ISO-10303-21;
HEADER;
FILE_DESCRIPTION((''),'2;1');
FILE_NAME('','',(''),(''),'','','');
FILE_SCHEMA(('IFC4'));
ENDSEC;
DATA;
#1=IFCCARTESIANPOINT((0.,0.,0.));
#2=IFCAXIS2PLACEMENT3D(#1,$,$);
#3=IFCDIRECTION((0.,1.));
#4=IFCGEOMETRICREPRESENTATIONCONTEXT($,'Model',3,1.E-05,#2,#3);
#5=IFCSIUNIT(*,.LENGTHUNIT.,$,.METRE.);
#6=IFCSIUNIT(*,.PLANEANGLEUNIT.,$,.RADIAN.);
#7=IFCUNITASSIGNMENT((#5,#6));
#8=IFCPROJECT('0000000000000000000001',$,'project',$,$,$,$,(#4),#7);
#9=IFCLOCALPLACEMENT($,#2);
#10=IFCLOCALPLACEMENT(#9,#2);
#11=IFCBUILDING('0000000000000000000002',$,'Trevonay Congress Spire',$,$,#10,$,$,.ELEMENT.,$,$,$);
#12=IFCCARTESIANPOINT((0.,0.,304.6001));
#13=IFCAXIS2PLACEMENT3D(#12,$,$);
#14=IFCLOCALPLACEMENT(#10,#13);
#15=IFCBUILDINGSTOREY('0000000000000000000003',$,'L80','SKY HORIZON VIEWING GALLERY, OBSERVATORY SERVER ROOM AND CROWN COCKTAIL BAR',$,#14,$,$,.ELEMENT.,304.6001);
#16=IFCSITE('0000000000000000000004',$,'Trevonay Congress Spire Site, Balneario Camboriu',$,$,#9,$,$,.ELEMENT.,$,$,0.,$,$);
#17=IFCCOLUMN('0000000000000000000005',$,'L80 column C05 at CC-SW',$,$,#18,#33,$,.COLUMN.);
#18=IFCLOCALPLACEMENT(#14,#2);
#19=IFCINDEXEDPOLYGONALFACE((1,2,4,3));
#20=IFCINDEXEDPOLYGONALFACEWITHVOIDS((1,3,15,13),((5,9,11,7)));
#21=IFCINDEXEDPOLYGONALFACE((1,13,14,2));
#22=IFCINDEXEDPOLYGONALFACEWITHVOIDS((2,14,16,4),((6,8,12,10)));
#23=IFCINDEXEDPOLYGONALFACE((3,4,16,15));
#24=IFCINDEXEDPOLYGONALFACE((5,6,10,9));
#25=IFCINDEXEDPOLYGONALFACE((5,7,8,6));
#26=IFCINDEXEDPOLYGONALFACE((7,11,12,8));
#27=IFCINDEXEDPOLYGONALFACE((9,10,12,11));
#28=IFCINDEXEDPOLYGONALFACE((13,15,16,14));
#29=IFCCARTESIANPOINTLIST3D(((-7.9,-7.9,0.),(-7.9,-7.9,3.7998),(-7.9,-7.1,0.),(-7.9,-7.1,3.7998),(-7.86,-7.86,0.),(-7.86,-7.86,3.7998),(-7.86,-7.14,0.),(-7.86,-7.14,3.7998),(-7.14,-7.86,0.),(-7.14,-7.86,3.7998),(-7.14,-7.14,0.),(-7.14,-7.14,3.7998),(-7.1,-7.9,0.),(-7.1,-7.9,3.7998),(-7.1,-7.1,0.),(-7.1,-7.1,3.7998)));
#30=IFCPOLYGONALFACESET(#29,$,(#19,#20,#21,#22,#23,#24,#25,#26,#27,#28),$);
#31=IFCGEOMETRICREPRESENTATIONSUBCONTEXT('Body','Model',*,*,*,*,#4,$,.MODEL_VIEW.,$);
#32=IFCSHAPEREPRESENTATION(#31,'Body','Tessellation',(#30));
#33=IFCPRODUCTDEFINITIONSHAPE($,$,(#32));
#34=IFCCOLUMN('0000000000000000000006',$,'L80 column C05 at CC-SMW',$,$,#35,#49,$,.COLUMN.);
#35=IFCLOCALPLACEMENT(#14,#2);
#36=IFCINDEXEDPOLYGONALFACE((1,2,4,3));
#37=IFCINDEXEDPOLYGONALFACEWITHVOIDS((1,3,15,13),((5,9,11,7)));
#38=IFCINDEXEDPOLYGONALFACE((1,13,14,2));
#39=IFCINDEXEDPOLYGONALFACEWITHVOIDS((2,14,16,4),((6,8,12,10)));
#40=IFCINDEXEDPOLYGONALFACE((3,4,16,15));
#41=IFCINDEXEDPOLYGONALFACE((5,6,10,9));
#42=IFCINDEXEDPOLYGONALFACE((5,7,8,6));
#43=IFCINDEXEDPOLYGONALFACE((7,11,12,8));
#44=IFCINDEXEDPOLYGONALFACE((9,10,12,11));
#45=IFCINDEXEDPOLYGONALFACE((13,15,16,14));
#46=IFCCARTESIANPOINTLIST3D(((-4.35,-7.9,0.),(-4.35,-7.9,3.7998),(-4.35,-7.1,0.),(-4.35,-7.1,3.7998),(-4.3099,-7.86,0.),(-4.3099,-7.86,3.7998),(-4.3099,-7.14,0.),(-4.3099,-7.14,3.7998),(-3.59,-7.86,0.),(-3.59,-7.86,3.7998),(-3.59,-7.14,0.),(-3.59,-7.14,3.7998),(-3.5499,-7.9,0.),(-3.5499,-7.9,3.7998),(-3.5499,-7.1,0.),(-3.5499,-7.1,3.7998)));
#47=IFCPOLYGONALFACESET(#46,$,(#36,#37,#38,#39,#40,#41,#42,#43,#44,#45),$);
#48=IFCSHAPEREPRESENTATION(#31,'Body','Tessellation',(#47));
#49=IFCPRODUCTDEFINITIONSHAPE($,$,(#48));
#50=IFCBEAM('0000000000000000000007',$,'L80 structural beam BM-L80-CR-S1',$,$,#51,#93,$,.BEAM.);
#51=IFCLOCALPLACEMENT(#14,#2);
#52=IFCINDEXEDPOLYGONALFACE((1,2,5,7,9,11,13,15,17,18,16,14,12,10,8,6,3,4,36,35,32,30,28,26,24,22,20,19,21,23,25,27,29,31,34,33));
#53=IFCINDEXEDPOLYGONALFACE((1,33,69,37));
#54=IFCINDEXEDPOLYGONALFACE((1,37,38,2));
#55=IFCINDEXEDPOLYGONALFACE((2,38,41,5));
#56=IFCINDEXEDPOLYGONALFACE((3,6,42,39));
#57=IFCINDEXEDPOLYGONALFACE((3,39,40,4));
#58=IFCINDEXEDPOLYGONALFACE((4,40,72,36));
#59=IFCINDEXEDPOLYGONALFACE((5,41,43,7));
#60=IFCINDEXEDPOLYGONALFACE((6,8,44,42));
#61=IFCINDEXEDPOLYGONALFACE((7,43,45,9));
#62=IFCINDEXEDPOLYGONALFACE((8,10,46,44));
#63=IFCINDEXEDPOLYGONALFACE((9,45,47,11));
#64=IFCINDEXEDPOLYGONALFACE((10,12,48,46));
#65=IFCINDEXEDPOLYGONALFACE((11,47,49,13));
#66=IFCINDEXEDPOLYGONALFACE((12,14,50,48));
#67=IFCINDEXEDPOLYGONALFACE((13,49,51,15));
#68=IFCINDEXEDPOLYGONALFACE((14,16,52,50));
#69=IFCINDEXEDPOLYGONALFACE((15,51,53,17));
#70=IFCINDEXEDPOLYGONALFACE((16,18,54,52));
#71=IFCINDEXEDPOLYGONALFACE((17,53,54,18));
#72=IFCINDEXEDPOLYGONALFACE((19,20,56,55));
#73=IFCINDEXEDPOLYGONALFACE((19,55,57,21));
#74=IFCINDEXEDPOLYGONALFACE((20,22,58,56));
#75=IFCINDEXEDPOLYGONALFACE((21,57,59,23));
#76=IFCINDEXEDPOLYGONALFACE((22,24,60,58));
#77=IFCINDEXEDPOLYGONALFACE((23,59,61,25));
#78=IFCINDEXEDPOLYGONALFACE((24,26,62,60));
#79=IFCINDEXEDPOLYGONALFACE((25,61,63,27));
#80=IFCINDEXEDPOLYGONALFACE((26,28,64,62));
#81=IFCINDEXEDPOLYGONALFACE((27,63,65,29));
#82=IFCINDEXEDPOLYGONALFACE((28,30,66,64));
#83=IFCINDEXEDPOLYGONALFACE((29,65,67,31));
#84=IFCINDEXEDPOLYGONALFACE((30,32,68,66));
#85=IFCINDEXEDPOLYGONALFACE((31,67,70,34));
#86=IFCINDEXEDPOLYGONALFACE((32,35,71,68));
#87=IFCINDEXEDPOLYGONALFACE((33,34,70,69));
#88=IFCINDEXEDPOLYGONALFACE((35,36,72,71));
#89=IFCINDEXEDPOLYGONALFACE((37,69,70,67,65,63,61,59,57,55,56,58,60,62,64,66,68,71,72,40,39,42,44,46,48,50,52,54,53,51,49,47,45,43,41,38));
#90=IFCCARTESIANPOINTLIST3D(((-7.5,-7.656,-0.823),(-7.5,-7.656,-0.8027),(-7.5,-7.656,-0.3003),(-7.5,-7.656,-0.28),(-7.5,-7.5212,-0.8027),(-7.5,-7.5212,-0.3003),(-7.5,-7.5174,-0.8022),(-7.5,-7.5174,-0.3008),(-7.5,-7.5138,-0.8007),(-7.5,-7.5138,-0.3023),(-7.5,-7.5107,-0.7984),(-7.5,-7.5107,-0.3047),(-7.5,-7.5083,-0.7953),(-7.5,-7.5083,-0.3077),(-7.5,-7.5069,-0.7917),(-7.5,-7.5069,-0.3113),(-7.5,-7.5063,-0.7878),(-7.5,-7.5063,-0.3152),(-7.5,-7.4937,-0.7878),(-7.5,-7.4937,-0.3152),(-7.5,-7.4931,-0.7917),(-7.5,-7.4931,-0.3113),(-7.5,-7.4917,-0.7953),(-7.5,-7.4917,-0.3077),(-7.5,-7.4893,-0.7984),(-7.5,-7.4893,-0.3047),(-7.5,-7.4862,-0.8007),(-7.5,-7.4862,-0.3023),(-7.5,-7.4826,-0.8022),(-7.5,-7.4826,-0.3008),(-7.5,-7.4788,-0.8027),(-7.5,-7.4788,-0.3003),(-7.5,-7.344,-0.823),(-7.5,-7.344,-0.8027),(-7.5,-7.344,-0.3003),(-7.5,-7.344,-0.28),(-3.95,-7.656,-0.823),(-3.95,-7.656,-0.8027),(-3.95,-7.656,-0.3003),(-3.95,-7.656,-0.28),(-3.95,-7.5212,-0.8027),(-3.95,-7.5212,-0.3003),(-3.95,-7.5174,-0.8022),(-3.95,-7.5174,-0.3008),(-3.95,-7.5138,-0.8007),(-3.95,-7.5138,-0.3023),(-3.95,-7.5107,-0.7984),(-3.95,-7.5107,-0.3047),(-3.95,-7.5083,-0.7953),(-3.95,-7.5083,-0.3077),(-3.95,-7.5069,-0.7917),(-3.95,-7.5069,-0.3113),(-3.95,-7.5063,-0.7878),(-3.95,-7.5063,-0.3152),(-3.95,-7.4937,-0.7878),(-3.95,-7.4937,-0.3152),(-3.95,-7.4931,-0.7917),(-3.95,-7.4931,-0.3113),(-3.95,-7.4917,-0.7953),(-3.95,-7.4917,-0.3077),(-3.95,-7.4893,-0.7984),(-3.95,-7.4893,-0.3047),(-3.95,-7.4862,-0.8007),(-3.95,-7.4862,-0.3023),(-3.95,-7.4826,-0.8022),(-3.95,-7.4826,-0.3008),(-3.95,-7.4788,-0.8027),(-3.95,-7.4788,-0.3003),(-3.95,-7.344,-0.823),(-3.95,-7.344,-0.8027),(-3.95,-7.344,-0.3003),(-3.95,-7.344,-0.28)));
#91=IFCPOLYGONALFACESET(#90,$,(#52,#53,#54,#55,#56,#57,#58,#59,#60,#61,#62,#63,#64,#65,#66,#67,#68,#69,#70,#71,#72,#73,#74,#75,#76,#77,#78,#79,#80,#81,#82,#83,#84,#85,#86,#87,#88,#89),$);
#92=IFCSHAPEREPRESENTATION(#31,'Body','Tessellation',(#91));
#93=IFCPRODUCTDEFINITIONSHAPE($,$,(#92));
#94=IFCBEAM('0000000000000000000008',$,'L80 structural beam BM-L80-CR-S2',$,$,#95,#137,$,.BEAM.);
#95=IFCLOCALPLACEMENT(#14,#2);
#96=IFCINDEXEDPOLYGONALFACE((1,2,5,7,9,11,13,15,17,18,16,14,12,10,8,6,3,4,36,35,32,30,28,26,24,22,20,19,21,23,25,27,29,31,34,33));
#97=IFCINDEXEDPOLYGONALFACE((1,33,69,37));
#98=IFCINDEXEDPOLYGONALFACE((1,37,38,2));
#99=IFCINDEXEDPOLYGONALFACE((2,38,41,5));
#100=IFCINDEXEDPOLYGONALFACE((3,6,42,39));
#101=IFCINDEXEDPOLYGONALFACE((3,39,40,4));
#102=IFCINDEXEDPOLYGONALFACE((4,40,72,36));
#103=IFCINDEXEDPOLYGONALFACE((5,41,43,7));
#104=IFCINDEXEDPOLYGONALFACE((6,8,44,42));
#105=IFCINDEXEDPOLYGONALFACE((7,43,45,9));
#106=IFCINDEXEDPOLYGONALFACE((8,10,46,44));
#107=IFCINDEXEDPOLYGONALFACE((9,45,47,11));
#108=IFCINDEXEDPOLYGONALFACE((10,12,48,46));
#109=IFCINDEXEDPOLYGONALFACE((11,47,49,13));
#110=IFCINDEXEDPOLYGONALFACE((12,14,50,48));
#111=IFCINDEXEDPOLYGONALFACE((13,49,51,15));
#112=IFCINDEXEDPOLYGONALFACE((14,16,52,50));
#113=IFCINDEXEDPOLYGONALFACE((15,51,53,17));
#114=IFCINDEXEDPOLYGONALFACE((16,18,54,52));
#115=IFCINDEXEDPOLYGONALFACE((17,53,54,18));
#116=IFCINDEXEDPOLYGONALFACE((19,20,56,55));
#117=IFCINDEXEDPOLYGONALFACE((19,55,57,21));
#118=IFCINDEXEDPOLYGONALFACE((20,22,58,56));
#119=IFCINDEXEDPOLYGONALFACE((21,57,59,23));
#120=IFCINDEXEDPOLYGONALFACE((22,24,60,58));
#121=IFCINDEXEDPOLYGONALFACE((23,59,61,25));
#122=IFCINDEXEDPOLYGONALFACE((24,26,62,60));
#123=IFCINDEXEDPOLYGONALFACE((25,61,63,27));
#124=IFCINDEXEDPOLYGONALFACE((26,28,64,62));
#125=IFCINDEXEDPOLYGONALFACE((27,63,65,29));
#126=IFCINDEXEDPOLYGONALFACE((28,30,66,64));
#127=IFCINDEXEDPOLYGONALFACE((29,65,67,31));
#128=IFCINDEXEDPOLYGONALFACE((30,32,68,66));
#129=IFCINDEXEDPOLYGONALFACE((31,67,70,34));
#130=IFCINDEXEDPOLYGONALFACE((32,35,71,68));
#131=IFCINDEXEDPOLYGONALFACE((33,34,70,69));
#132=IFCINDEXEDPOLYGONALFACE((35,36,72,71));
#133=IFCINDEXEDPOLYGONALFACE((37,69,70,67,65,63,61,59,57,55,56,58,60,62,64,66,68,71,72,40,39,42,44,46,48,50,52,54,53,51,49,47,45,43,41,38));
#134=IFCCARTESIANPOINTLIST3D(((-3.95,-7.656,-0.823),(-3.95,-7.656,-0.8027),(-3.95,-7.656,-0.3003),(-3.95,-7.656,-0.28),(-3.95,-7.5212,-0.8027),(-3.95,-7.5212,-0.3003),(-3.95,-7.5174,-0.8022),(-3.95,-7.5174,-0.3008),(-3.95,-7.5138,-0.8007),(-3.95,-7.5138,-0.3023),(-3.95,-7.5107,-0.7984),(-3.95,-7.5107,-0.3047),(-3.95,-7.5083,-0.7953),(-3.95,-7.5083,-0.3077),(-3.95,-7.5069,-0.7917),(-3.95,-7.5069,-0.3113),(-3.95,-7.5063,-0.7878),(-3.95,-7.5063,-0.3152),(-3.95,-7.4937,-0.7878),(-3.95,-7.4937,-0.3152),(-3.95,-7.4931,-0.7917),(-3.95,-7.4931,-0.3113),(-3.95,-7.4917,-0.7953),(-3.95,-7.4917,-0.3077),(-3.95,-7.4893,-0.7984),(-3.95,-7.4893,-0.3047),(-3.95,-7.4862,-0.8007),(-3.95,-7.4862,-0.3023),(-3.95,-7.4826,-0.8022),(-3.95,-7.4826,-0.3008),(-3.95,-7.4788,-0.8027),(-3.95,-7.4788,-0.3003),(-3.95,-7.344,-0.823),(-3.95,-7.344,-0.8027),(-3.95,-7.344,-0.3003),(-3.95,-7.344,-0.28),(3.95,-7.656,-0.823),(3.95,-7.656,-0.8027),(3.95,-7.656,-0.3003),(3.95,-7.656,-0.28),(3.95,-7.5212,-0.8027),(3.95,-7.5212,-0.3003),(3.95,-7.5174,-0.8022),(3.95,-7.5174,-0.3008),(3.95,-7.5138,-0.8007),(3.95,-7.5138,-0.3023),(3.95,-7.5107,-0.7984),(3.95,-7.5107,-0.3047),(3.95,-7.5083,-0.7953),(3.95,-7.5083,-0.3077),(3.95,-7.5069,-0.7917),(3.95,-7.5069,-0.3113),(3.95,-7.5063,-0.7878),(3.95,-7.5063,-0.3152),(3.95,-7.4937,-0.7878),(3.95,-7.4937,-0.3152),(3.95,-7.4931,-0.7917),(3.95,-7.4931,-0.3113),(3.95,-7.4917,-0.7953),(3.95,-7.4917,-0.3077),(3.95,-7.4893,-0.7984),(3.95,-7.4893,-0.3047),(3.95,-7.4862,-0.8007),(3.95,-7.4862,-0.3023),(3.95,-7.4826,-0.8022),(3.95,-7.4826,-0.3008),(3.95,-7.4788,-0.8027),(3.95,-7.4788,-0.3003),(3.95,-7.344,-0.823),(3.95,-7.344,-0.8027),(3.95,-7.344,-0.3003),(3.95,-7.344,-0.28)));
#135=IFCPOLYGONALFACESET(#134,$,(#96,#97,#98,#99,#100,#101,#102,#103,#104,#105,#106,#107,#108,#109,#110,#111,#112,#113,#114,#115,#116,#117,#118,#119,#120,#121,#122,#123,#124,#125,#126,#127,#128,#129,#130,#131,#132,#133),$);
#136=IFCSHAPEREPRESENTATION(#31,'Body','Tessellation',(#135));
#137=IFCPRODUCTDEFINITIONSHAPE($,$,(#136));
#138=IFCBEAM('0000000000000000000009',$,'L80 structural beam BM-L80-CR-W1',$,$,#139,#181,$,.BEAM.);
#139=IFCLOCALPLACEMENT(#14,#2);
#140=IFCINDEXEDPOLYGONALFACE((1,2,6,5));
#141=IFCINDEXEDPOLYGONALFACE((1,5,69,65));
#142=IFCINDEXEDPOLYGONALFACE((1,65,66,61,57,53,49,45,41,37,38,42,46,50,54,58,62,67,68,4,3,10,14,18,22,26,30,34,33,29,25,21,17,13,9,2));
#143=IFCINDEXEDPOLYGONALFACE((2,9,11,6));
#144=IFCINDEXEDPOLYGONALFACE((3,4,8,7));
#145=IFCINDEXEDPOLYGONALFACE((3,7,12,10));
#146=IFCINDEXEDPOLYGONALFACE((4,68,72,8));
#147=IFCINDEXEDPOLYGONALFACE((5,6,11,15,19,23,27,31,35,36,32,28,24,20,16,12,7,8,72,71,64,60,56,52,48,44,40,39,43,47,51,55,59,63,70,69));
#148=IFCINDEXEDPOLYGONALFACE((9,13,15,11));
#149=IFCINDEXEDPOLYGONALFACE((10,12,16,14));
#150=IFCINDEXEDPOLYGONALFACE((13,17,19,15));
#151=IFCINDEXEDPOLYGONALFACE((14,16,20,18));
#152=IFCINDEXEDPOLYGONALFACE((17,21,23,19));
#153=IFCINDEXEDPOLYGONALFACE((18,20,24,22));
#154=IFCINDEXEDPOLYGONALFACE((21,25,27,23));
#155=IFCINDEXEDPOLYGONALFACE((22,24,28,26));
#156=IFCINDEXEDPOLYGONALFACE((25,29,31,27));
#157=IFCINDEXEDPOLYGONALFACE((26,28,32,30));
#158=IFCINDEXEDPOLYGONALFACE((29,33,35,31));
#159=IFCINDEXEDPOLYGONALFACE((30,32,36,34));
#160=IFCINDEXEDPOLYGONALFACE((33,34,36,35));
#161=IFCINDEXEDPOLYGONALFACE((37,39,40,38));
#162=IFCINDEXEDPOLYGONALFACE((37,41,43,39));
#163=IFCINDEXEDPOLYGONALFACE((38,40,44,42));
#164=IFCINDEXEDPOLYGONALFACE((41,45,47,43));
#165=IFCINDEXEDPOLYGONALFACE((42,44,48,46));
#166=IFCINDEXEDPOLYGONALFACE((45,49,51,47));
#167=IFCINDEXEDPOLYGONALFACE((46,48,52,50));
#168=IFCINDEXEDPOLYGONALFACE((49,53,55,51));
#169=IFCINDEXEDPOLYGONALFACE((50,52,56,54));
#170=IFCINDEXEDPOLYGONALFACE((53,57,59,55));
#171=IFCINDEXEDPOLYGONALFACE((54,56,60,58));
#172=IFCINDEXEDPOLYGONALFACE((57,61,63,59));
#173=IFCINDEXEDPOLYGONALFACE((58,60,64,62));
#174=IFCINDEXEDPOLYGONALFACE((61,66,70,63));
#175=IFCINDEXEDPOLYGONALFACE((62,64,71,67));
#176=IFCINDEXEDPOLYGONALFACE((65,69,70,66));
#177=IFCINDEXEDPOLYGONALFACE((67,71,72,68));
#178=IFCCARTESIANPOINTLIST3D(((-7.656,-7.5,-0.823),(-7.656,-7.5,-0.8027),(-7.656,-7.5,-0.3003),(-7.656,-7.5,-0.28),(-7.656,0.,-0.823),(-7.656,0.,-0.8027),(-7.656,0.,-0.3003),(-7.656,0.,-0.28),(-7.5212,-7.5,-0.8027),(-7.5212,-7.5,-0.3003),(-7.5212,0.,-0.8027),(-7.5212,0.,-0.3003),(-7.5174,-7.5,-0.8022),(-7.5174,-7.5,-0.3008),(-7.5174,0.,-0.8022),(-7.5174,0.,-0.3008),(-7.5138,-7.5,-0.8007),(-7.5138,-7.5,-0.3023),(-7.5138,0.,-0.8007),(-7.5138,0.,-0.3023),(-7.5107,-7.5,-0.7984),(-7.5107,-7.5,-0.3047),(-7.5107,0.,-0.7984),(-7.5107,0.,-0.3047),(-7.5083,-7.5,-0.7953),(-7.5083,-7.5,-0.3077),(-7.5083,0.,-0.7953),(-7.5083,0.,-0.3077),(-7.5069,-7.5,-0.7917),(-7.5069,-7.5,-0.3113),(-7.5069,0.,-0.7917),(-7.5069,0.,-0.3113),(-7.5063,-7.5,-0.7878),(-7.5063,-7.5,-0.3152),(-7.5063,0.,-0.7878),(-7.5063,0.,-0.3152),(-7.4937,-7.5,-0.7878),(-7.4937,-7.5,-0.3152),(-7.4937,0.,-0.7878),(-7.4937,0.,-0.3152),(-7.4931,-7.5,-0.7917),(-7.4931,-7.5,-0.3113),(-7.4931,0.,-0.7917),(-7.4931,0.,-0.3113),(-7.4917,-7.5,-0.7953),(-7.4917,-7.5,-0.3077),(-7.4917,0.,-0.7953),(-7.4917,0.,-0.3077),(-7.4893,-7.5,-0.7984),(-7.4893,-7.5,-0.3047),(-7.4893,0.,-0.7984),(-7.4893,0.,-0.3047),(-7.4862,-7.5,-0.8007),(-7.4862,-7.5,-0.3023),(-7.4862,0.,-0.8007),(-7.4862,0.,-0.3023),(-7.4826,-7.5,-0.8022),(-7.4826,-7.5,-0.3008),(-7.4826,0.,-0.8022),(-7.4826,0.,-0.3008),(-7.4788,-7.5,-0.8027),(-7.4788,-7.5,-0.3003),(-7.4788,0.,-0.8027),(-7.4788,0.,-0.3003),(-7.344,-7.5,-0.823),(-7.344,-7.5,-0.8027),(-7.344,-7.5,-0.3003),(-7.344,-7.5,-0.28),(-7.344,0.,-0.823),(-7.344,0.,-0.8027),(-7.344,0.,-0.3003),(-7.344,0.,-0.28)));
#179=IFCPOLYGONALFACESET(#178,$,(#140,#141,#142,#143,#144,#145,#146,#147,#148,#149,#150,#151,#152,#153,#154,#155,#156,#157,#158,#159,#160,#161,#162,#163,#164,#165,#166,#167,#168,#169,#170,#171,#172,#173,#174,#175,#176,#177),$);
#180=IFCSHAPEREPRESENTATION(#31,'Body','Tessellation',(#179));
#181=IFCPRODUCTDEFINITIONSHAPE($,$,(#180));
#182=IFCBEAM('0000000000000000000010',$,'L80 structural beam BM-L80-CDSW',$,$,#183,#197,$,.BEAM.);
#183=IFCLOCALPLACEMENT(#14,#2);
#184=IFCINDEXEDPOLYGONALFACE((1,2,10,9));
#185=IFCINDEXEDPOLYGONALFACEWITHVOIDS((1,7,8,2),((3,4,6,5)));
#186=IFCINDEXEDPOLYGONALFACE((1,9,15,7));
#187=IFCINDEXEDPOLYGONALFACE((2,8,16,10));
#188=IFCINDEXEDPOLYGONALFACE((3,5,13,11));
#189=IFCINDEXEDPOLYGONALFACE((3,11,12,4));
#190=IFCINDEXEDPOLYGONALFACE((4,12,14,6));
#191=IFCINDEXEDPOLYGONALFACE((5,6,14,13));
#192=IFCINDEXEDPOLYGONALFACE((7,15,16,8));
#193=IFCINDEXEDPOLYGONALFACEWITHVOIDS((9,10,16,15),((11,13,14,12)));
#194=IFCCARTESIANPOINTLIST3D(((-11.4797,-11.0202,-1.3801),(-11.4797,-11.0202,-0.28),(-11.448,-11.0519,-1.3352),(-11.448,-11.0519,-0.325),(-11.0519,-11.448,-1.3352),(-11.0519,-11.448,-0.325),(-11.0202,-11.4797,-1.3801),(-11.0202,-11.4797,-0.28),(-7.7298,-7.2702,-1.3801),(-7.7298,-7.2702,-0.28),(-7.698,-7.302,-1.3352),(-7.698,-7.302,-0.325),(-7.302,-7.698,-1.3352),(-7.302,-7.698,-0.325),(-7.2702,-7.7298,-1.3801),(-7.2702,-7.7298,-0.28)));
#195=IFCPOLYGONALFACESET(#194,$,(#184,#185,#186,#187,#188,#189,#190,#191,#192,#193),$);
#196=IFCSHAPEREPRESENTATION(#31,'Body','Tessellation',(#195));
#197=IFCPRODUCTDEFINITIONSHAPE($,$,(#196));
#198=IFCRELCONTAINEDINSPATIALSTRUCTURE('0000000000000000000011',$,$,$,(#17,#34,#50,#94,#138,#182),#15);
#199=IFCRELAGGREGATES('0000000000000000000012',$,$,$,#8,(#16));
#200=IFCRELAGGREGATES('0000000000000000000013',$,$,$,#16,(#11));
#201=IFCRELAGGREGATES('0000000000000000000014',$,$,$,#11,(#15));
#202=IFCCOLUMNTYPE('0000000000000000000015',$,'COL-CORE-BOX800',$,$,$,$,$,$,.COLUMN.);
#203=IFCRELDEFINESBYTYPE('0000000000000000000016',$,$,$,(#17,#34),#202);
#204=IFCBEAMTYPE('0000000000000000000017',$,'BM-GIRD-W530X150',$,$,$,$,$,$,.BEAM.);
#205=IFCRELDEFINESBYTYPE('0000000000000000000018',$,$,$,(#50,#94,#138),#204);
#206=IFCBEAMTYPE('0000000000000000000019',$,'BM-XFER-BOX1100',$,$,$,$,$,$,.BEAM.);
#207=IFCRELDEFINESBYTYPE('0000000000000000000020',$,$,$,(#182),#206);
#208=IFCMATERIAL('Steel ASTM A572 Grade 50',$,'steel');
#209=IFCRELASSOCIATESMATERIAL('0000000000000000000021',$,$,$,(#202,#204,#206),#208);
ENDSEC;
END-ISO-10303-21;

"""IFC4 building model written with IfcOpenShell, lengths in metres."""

from ifc_helpers import new_model, si_unit, direction, frame, origin, origin_2d, place, context, subcontext, project, spatial, hollow_rectangle, i_section, extrude, material, material_profile, profile_set, type_object, element, save


model = new_model("IFC4")

# Units and contexts
model_context = context("Model", 3, precision=1e-05, world=origin(), true_north=direction((0.0, 1.0)))
body_context = subcontext(model_context, "Body", "Model", "MODEL_VIEW")
ifc_project = project(units=[si_unit("LENGTHUNIT", "METRE"), si_unit("PLANEANGLEUNIT", "RADIAN")], contexts=[model_context])

# Site, building, storey
site_placement = place(None, origin())
site = spatial("IfcSite", under=ifc_project, at=site_placement, Name="Trevonay Congress Spire Site, Balneario Camboriu", CompositionType="ELEMENT", RefElevation=0.0)
building_placement = place(site_placement, origin())
building = spatial("IfcBuilding", under=site, at=building_placement, Name="Trevonay Congress Spire", CompositionType="ELEMENT")
storey_placement = place(building_placement, frame((0.0, 0.0, 304.6001)))
storey = spatial("IfcBuildingStorey", under=building, at=storey_placement, Name="L80", Description="SKY HORIZON VIEWING GALLERY, OBSERVATORY SERVER ROOM AND CROWN COCKTAIL BAR", CompositionType="ELEMENT", Elevation=304.6001)

# Columns
ifc_material_1 = material(Name="Steel ASTM A572 Grade 50", Category="steel")
ifc_material_profile_1 = material_profile(ifc_material_1, hollow_rectangle(XDim=0.8, YDim=0.8, WallThickness=0.04, at=origin_2d()), Name="BOX 800x800x40")
ifc_profile_set_1 = profile_set([ifc_material_profile_1], Name="Steel ASTM A572 Grade 50")
column_type = type_object("IfcColumnType", Name="COL-CORE-BOX800", PredefinedType="COLUMN", material=ifc_profile_set_1)
for number, where, z_axis, x_axis, name in (
    (1, (-7.5, -7.5, 0.0), (0.0, 0.0, 1.0), (1.0, 0.0, 0.0), "L80 column C05 at CC-SW"),
    (2, (-3.95, -7.5, 0.0), (0.0, 0.0, 1.0), (1.0, 0.0, 0.0), "L80 column C05 at CC-SMW"),
):
    element("IfcColumn", number, at=place(storey_placement, frame(where, z_axis=z_axis, x_axis=x_axis)), inside=storey, type_object=column_type, Name=name, PredefinedType="COLUMN", context=body_context, shape_type="SweptSolid", body=[
        extrude(hollow_rectangle(XDim=0.8, YDim=0.8, WallThickness=0.04, at=origin_2d()), origin(), (0.0, 0.0, 1.0), 3.7998),
    ])

# Beams
ifc_material_profile_2 = material_profile(ifc_material_1, i_section(OverallWidth=0.312, OverallDepth=0.543, WebThickness=0.0127, FlangeThickness=0.0203, FilletRadius=0.0149, at=origin_2d()), Name="W530x150")
ifc_profile_set_2 = profile_set([ifc_material_profile_2], Name="Steel ASTM A572 Grade 50")
beam_type_1 = type_object("IfcBeamType", Name="BM-GIRD-W530X150", PredefinedType="BEAM", material=ifc_profile_set_2)
beam_1_placement = place(storey_placement, frame((-7.5, -7.5, -0.5515), z_axis=(1.0, 0.0, 0.0), x_axis=(0.0, 1.0, 0.0)))
element("IfcBeam", 3, at=beam_1_placement, inside=storey, type_object=beam_type_1, Name="L80 structural beam BM-L80-CR-S1", PredefinedType="BEAM", context=body_context, shape_type="SweptSolid", body=[
    extrude(i_section(OverallWidth=0.312, OverallDepth=0.543, WebThickness=0.0127, FlangeThickness=0.0203, FilletRadius=0.0149, at=origin_2d()), origin(), (0.0, 0.0, 1.0), 3.55),
])
beam_2_placement = place(storey_placement, frame((-3.95, -7.5, -0.5515), z_axis=(1.0, 0.0, 0.0), x_axis=(0.0, 1.0, 0.0)))
element("IfcBeam", 4, at=beam_2_placement, inside=storey, type_object=beam_type_1, Name="L80 structural beam BM-L80-CR-S2", PredefinedType="BEAM", context=body_context, shape_type="SweptSolid", body=[
    extrude(i_section(OverallWidth=0.312, OverallDepth=0.543, WebThickness=0.0127, FlangeThickness=0.0203, FilletRadius=0.0149, at=origin_2d()), origin(), (0.0, 0.0, 1.0), 7.8999),
])
beam_3_placement = place(storey_placement, frame((-7.5, -7.5, -0.5515), z_axis=(0.0, 1.0, 0.0), x_axis=(-1.0, 0.0, 0.0)))
element("IfcBeam", 5, at=beam_3_placement, inside=storey, type_object=beam_type_1, Name="L80 structural beam BM-L80-CR-W1", PredefinedType="BEAM", context=body_context, shape_type="SweptSolid", body=[
    extrude(i_section(OverallWidth=0.312, OverallDepth=0.543, WebThickness=0.0127, FlangeThickness=0.0203, FilletRadius=0.0149, at=origin_2d()), origin(), (0.0, 0.0, 1.0), 7.5),
])
ifc_material_profile_3 = material_profile(ifc_material_1, hollow_rectangle(XDim=0.6499, YDim=1.1001, WallThickness=0.0449, at=origin_2d()), Name="BOX 1100x650x45")
ifc_profile_set_3 = profile_set([ifc_material_profile_3], Name="Steel ASTM A572 Grade 50")
beam_type_2 = type_object("IfcBeamType", Name="BM-XFER-BOX1100", PredefinedType="BEAM", material=ifc_profile_set_3)
beam_4_placement = place(storey_placement, frame((-7.5, -7.5, -0.8301), z_axis=(-0.707107, -0.707107, 0.0), x_axis=(0.707107, -0.707107, 0.0)))
element("IfcBeam", 6, at=beam_4_placement, inside=storey, type_object=beam_type_2, Name="L80 structural beam BM-L80-CDSW", PredefinedType="BEAM", context=body_context, shape_type="SweptSolid", body=[
    extrude(hollow_rectangle(XDim=0.6499, YDim=1.1001, WallThickness=0.0449, at=origin_2d()), origin(), (0.0, 0.0, 1.0), 5.3032),
])

save(model, "model.ifc")
